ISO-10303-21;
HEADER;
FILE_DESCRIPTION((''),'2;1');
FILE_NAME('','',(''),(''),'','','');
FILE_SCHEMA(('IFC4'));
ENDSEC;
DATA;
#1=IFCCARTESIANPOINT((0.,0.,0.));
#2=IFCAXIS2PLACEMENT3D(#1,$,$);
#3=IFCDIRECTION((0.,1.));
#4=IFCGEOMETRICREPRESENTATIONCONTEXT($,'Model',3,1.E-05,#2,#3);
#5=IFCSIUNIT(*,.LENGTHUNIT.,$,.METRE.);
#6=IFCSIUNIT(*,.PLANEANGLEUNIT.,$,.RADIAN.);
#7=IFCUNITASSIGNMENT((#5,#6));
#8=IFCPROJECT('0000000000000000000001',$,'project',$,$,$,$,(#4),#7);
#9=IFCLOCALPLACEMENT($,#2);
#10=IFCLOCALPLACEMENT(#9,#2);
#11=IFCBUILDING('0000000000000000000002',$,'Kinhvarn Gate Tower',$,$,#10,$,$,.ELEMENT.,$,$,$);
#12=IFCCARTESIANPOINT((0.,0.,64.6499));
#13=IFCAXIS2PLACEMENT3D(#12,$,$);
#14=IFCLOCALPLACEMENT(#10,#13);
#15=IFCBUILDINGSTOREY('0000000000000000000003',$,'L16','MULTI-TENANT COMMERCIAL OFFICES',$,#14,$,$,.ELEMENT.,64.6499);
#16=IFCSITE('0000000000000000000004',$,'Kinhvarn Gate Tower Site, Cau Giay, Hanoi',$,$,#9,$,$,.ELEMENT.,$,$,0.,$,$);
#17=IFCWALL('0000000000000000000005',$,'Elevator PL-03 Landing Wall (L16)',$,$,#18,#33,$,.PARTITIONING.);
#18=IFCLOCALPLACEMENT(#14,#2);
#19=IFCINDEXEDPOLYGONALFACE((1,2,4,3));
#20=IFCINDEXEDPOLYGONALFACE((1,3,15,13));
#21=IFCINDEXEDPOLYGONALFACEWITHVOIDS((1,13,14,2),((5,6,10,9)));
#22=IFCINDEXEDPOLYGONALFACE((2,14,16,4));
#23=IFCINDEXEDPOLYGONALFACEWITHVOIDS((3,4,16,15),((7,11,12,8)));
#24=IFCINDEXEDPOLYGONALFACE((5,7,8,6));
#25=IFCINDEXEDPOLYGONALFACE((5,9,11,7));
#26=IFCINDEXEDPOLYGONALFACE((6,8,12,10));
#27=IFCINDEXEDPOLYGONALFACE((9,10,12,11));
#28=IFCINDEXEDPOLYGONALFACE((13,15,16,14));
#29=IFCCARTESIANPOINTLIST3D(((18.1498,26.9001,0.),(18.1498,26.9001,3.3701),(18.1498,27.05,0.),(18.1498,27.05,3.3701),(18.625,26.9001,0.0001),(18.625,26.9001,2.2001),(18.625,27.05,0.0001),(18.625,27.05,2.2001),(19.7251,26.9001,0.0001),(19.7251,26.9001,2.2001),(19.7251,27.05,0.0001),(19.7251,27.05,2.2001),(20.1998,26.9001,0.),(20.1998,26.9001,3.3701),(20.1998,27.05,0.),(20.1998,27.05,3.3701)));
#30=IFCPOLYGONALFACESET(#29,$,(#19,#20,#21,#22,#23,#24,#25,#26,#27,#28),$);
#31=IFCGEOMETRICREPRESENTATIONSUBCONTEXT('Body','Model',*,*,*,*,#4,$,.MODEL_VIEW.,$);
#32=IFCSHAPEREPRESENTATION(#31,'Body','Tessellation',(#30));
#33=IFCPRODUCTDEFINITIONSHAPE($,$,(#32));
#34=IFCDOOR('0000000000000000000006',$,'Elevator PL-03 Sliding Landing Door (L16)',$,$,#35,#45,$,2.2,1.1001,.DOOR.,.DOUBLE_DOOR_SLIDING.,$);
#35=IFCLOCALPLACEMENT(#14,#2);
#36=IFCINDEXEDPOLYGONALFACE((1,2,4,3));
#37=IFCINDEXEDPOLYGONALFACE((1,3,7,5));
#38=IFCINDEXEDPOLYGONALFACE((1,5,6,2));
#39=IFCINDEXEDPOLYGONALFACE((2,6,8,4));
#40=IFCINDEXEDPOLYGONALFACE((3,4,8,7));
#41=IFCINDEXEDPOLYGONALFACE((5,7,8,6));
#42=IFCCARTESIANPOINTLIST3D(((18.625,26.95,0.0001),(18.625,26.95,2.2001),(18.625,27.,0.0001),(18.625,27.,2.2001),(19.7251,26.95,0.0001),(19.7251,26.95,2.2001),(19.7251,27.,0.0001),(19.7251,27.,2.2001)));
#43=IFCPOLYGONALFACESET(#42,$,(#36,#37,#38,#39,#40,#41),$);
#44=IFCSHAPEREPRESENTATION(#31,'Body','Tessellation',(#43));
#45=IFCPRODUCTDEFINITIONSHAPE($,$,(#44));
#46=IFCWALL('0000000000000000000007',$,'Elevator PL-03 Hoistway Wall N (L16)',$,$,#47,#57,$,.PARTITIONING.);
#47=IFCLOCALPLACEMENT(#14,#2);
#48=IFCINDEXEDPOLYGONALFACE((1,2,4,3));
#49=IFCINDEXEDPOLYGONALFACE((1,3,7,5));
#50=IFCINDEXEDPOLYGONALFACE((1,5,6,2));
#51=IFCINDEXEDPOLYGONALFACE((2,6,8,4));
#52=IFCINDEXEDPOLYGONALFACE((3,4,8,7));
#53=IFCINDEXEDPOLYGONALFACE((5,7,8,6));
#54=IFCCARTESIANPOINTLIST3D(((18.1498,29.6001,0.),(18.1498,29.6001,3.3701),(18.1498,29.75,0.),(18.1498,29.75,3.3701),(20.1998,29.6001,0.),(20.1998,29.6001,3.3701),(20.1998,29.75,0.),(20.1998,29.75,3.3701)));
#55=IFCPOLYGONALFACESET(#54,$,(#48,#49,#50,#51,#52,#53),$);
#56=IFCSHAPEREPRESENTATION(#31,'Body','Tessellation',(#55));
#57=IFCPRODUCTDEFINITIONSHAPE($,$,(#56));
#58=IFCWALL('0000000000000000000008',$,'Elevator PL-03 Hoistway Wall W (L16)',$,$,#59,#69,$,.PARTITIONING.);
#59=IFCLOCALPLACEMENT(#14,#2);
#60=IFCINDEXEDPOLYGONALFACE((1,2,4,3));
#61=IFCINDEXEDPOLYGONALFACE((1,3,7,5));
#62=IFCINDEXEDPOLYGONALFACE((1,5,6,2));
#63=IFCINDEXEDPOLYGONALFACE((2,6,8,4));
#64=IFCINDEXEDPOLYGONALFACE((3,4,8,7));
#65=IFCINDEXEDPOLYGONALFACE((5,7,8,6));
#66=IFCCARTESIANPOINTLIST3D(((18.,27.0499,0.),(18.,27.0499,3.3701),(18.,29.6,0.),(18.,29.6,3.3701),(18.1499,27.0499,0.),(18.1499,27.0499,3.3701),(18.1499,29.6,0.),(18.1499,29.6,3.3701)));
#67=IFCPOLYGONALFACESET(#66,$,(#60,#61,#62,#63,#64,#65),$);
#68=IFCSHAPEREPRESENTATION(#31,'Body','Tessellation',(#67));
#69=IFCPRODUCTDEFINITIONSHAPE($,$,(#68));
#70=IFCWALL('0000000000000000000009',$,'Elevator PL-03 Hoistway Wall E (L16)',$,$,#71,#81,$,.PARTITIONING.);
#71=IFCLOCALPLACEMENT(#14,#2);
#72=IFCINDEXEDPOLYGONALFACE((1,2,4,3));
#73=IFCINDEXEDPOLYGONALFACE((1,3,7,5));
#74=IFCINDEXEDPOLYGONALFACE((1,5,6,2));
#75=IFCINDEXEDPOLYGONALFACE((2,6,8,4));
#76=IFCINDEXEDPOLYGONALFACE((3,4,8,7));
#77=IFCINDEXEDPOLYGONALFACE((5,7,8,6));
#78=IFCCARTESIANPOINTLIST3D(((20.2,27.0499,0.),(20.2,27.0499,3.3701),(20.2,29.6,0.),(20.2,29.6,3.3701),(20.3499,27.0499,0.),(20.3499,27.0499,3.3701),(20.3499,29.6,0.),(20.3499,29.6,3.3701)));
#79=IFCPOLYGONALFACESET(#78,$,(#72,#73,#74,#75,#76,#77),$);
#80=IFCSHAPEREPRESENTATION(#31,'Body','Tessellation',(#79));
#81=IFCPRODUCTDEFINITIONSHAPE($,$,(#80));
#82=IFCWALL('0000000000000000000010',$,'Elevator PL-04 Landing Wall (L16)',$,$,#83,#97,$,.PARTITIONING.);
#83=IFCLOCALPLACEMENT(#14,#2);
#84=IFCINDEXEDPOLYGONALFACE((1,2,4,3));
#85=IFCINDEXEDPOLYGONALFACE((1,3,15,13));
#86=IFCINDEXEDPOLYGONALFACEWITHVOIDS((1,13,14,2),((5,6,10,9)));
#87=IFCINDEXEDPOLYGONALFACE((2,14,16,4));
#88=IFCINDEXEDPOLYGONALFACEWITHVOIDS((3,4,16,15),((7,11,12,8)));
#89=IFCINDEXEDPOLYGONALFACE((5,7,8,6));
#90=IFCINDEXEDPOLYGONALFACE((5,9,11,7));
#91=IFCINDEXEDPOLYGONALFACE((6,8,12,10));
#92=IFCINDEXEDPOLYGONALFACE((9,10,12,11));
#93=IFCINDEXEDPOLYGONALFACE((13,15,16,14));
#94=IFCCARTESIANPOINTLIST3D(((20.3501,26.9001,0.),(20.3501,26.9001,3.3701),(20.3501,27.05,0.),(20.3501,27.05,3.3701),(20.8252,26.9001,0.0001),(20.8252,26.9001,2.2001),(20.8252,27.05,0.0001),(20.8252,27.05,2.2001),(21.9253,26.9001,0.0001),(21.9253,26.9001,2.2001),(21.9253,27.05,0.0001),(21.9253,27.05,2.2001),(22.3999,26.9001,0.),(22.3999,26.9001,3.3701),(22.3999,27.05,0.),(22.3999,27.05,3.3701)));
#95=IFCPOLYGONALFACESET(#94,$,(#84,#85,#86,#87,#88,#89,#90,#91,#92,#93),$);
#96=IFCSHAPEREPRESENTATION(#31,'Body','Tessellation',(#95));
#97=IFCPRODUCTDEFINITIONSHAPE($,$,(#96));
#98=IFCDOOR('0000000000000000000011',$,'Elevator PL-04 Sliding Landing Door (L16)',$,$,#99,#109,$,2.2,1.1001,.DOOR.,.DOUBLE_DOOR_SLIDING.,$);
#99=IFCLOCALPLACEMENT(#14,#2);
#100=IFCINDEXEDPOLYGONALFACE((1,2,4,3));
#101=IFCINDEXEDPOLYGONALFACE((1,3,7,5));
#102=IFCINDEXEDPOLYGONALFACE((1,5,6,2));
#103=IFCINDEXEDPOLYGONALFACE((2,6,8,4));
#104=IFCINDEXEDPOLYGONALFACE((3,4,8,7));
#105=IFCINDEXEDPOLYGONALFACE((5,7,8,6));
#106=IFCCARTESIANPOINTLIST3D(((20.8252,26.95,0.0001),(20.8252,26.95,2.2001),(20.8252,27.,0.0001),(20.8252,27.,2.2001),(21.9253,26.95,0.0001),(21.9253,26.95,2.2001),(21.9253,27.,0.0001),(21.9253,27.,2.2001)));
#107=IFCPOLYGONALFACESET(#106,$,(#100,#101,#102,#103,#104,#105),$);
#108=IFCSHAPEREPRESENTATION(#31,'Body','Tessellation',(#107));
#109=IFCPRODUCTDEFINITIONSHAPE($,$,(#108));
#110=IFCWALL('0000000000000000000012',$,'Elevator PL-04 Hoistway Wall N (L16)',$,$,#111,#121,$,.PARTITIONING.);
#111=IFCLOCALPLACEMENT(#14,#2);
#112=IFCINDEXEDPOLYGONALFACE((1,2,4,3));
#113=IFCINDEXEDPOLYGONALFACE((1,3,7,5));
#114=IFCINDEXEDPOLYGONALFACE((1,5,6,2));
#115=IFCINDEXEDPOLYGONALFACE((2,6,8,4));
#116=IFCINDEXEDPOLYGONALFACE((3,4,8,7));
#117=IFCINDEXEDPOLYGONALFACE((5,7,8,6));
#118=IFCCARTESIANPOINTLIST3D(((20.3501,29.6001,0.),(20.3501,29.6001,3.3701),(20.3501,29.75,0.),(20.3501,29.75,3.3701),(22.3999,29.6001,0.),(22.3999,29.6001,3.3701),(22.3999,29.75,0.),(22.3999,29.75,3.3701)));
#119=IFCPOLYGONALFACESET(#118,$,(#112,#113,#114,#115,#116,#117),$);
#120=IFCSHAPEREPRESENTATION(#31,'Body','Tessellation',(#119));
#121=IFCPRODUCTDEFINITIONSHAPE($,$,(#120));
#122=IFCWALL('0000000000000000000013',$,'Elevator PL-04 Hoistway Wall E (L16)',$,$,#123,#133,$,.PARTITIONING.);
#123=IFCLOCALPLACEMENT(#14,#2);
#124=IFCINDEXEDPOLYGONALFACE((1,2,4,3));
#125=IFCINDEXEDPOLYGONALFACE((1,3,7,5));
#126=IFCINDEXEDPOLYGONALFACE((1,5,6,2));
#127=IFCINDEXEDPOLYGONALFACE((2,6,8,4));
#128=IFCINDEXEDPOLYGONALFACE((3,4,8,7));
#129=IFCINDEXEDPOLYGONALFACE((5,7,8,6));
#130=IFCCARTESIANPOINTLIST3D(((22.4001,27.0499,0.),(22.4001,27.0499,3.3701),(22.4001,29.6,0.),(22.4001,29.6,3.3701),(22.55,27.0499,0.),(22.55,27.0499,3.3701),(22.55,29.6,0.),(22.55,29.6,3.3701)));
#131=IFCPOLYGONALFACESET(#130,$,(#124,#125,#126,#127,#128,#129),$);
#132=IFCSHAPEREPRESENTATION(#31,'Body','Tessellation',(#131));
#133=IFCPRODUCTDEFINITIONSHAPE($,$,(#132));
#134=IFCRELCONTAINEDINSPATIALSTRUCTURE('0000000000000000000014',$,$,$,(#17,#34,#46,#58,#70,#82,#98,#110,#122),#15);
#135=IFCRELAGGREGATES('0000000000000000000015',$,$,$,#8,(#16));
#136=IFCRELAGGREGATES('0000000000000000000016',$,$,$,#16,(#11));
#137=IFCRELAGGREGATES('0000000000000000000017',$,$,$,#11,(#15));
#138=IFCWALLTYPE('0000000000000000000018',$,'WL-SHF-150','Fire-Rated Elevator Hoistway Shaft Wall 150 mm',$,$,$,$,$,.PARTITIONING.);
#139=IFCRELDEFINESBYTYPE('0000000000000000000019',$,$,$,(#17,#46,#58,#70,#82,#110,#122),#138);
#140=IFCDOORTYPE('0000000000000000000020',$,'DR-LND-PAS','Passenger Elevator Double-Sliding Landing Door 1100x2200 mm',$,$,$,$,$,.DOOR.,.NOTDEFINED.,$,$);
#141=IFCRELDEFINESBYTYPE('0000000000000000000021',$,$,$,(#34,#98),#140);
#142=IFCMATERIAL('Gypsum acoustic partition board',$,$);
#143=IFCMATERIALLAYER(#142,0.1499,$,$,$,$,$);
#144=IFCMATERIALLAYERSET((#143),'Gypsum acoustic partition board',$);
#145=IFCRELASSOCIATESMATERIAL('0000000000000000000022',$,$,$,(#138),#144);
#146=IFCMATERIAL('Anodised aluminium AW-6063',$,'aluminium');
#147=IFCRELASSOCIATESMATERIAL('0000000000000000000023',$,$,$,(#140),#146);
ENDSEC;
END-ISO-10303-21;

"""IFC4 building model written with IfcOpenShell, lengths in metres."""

from ifc_helpers import new_model, si_unit, direction, frame, frame_2d, origin, place, context, subcontext, project, spatial, rectangle, extrude, material, layer, layer_set, type_object, element, fill, save


model = new_model("IFC4")

# Units and contexts
model_context = context("Model", 3, precision=1e-05, world=origin(), true_north=direction((0.0, 1.0)))
body_context = subcontext(model_context, "Body", "Model", "MODEL_VIEW")
ifc_project = project(units=[si_unit("LENGTHUNIT", "METRE"), si_unit("PLANEANGLEUNIT", "RADIAN")], contexts=[model_context])

# Site, building, storey
site_placement = place(None, origin())
site = spatial("IfcSite", under=ifc_project, at=site_placement, Name="Kinhvarn Gate Tower Site, Cau Giay, Hanoi", CompositionType="ELEMENT", RefElevation=0.0)
building_placement = place(site_placement, origin())
building = spatial("IfcBuilding", under=site, at=building_placement, Name="Kinhvarn Gate Tower", CompositionType="ELEMENT")
storey_placement = place(building_placement, frame((0.0, 0.0, 64.6499)))
storey = spatial("IfcBuildingStorey", under=building, at=storey_placement, Name="L16", Description="MULTI-TENANT COMMERCIAL OFFICES", CompositionType="ELEMENT", Elevation=64.6499)

# Shared definitions
ifc_material_1 = material(Name="Gypsum acoustic partition board")
ifc_material_2 = material(Name="Anodised aluminium AW-6063", Category="aluminium")

# Wall, opening, door
ifc_layer_1 = layer(ifc_material_1, 0.1499)
ifc_layer_set_1 = layer_set([ifc_layer_1], Name="Gypsum acoustic partition board")
wall_type_1 = type_object("IfcWallType", Name="WL-SHF-150", Description="Fire-Rated Elevator Hoistway Shaft Wall 150 mm", PredefinedType="PARTITIONING", material=ifc_layer_set_1)
wall_1_placement = place(storey_placement, frame((18.1499, 26.9751, 0.0), z_axis=(0.0, 0.0, 1.0), x_axis=(1.0, 0.0, 0.0)))
wall_1 = element("IfcWall", 1, at=wall_1_placement, inside=storey, type_object=wall_type_1, Name="Elevator PL-03 Landing Wall (L16)", PredefinedType="PARTITIONING", context=body_context, shape_type="SweptSolid", body=[
    extrude(rectangle(XDim=2.05, YDim=0.1499, at=frame_2d((1.0249, 0.0))), origin(), (0.0, 0.0, 1.0), 3.3701),
])
opening_1_placement = place(wall_1_placement, frame((0.4751, 0.0, 0.0)))
opening_1 = element("IfcOpeningElement", 2, at=opening_1_placement, cuts=wall_1, PredefinedType="OPENING", context=body_context, shape_type="SweptSolid", body=[
    extrude(rectangle(XDim=1.1001, YDim=2.2, at=frame_2d((0.55, 1.1001))), frame((0.0, 0.085, 0.0), z_axis=(0.0, -1.0, 0.0), x_axis=(1.0, 0.0, 0.0)), (0.0, 0.0, 1.0), 0.1699),
])
door_type_1 = type_object("IfcDoorType", Name="DR-LND-PAS", Description="Passenger Elevator Double-Sliding Landing Door 1100x2200 mm", OperationType="NOTDEFINED", PredefinedType="DOOR", material=ifc_material_2)
door_1_placement = place(opening_1_placement, origin())
door_1 = element("IfcDoor", 3, at=door_1_placement, inside=storey, type_object=door_type_1, Name="Elevator PL-03 Sliding Landing Door (L16)", OperationType="DOUBLE_DOOR_SLIDING", OverallHeight=2.2, OverallWidth=1.1001, PredefinedType="DOOR", context=body_context, shape_type="SweptSolid", body=[
    extrude(rectangle(XDim=1.1001, YDim=2.2, at=frame_2d((0.55, 1.1001))), frame((0.0, 0.0249, 0.0), z_axis=(0.0, -1.0, 0.0), x_axis=(1.0, 0.0, 0.0)), (0.0, 0.0, 1.0), 0.05),
])
fill(opening_1, door_1)

# Walls
wall_2_placement = place(storey_placement, frame((18.1499, 29.675, 0.0), z_axis=(0.0, 0.0, 1.0), x_axis=(1.0, 0.0, 0.0)))
element("IfcWall", 4, at=wall_2_placement, inside=storey, type_object=wall_type_1, Name="Elevator PL-03 Hoistway Wall N (L16)", PredefinedType="PARTITIONING", context=body_context, shape_type="SweptSolid", body=[
    extrude(rectangle(XDim=2.05, YDim=0.1499, at=frame_2d((1.0249, 0.0))), origin(), (0.0, 0.0, 1.0), 3.3701),
])
for number, where, z_axis, x_axis, name in (
    (5, (18.075, 27.05, 0.0), (0.0, 0.0, 1.0), (0.0, 1.0, 0.0), "Elevator PL-03 Hoistway Wall W (L16)"),
    (6, (20.2749, 27.05, 0.0), (0.0, 0.0, 1.0), (0.0, 1.0, 0.0), "Elevator PL-03 Hoistway Wall E (L16)"),
):
    element("IfcWall", number, at=place(storey_placement, frame(where, z_axis=z_axis, x_axis=x_axis)), inside=storey, type_object=wall_type_1, Name=name, PredefinedType="PARTITIONING", context=body_context, shape_type="SweptSolid", body=[
        extrude(rectangle(XDim=2.55, YDim=0.1499, at=frame_2d((1.2749, 0.0))), origin(), (0.0, 0.0, 1.0), 3.3701),
    ])

# Wall, opening, door
wall_3_placement = place(storey_placement, frame((20.3501, 26.9751, 0.0), z_axis=(0.0, 0.0, 1.0), x_axis=(1.0, 0.0, 0.0)))
wall_3 = element("IfcWall", 7, at=wall_3_placement, inside=storey, type_object=wall_type_1, Name="Elevator PL-04 Landing Wall (L16)", PredefinedType="PARTITIONING", context=body_context, shape_type="SweptSolid", body=[
    extrude(rectangle(XDim=2.0498, YDim=0.1499, at=frame_2d((1.0249, 0.0))), origin(), (0.0, 0.0, 1.0), 3.3701),
])
opening_2_placement = place(wall_3_placement, frame((0.4751, 0.0, 0.0)))
opening_2 = element("IfcOpeningElement", 8, at=opening_2_placement, cuts=wall_3, PredefinedType="OPENING", context=body_context, shape_type="SweptSolid", body=[
    extrude(rectangle(XDim=1.1001, YDim=2.2, at=frame_2d((0.55, 1.1001))), frame((0.0, 0.085, 0.0), z_axis=(0.0, -1.0, 0.0), x_axis=(1.0, 0.0, 0.0)), (0.0, 0.0, 1.0), 0.1699),
])
door_2_placement = place(opening_2_placement, origin())
door_2 = element("IfcDoor", 9, at=door_2_placement, inside=storey, type_object=door_type_1, Name="Elevator PL-04 Sliding Landing Door (L16)", OperationType="DOUBLE_DOOR_SLIDING", OverallHeight=2.2, OverallWidth=1.1001, PredefinedType="DOOR", context=body_context, shape_type="SweptSolid", body=[
    extrude(rectangle(XDim=1.1001, YDim=2.2, at=frame_2d((0.55, 1.1001))), frame((0.0, 0.0249, 0.0), z_axis=(0.0, -1.0, 0.0), x_axis=(1.0, 0.0, 0.0)), (0.0, 0.0, 1.0), 0.05),
])
fill(opening_2, door_2)

# Walls
wall_4_placement = place(storey_placement, frame((20.3501, 29.675, 0.0), z_axis=(0.0, 0.0, 1.0), x_axis=(1.0, 0.0, 0.0)))
element("IfcWall", 10, at=wall_4_placement, inside=storey, type_object=wall_type_1, Name="Elevator PL-04 Hoistway Wall N (L16)", PredefinedType="PARTITIONING", context=body_context, shape_type="SweptSolid", body=[
    extrude(rectangle(XDim=2.0498, YDim=0.1499, at=frame_2d((1.0249, 0.0))), origin(), (0.0, 0.0, 1.0), 3.3701),
])
wall_5_placement = place(storey_placement, frame((22.4751, 27.05, 0.0), z_axis=(0.0, 0.0, 1.0), x_axis=(0.0, 1.0, 0.0)))
element("IfcWall", 11, at=wall_5_placement, inside=storey, type_object=wall_type_1, Name="Elevator PL-04 Hoistway Wall E (L16)", PredefinedType="PARTITIONING", context=body_context, shape_type="SweptSolid", body=[
    extrude(rectangle(XDim=2.55, YDim=0.1499, at=frame_2d((1.2749, 0.0))), origin(), (0.0, 0.0, 1.0), 3.3701),
])

save(model, "model.ifc")
